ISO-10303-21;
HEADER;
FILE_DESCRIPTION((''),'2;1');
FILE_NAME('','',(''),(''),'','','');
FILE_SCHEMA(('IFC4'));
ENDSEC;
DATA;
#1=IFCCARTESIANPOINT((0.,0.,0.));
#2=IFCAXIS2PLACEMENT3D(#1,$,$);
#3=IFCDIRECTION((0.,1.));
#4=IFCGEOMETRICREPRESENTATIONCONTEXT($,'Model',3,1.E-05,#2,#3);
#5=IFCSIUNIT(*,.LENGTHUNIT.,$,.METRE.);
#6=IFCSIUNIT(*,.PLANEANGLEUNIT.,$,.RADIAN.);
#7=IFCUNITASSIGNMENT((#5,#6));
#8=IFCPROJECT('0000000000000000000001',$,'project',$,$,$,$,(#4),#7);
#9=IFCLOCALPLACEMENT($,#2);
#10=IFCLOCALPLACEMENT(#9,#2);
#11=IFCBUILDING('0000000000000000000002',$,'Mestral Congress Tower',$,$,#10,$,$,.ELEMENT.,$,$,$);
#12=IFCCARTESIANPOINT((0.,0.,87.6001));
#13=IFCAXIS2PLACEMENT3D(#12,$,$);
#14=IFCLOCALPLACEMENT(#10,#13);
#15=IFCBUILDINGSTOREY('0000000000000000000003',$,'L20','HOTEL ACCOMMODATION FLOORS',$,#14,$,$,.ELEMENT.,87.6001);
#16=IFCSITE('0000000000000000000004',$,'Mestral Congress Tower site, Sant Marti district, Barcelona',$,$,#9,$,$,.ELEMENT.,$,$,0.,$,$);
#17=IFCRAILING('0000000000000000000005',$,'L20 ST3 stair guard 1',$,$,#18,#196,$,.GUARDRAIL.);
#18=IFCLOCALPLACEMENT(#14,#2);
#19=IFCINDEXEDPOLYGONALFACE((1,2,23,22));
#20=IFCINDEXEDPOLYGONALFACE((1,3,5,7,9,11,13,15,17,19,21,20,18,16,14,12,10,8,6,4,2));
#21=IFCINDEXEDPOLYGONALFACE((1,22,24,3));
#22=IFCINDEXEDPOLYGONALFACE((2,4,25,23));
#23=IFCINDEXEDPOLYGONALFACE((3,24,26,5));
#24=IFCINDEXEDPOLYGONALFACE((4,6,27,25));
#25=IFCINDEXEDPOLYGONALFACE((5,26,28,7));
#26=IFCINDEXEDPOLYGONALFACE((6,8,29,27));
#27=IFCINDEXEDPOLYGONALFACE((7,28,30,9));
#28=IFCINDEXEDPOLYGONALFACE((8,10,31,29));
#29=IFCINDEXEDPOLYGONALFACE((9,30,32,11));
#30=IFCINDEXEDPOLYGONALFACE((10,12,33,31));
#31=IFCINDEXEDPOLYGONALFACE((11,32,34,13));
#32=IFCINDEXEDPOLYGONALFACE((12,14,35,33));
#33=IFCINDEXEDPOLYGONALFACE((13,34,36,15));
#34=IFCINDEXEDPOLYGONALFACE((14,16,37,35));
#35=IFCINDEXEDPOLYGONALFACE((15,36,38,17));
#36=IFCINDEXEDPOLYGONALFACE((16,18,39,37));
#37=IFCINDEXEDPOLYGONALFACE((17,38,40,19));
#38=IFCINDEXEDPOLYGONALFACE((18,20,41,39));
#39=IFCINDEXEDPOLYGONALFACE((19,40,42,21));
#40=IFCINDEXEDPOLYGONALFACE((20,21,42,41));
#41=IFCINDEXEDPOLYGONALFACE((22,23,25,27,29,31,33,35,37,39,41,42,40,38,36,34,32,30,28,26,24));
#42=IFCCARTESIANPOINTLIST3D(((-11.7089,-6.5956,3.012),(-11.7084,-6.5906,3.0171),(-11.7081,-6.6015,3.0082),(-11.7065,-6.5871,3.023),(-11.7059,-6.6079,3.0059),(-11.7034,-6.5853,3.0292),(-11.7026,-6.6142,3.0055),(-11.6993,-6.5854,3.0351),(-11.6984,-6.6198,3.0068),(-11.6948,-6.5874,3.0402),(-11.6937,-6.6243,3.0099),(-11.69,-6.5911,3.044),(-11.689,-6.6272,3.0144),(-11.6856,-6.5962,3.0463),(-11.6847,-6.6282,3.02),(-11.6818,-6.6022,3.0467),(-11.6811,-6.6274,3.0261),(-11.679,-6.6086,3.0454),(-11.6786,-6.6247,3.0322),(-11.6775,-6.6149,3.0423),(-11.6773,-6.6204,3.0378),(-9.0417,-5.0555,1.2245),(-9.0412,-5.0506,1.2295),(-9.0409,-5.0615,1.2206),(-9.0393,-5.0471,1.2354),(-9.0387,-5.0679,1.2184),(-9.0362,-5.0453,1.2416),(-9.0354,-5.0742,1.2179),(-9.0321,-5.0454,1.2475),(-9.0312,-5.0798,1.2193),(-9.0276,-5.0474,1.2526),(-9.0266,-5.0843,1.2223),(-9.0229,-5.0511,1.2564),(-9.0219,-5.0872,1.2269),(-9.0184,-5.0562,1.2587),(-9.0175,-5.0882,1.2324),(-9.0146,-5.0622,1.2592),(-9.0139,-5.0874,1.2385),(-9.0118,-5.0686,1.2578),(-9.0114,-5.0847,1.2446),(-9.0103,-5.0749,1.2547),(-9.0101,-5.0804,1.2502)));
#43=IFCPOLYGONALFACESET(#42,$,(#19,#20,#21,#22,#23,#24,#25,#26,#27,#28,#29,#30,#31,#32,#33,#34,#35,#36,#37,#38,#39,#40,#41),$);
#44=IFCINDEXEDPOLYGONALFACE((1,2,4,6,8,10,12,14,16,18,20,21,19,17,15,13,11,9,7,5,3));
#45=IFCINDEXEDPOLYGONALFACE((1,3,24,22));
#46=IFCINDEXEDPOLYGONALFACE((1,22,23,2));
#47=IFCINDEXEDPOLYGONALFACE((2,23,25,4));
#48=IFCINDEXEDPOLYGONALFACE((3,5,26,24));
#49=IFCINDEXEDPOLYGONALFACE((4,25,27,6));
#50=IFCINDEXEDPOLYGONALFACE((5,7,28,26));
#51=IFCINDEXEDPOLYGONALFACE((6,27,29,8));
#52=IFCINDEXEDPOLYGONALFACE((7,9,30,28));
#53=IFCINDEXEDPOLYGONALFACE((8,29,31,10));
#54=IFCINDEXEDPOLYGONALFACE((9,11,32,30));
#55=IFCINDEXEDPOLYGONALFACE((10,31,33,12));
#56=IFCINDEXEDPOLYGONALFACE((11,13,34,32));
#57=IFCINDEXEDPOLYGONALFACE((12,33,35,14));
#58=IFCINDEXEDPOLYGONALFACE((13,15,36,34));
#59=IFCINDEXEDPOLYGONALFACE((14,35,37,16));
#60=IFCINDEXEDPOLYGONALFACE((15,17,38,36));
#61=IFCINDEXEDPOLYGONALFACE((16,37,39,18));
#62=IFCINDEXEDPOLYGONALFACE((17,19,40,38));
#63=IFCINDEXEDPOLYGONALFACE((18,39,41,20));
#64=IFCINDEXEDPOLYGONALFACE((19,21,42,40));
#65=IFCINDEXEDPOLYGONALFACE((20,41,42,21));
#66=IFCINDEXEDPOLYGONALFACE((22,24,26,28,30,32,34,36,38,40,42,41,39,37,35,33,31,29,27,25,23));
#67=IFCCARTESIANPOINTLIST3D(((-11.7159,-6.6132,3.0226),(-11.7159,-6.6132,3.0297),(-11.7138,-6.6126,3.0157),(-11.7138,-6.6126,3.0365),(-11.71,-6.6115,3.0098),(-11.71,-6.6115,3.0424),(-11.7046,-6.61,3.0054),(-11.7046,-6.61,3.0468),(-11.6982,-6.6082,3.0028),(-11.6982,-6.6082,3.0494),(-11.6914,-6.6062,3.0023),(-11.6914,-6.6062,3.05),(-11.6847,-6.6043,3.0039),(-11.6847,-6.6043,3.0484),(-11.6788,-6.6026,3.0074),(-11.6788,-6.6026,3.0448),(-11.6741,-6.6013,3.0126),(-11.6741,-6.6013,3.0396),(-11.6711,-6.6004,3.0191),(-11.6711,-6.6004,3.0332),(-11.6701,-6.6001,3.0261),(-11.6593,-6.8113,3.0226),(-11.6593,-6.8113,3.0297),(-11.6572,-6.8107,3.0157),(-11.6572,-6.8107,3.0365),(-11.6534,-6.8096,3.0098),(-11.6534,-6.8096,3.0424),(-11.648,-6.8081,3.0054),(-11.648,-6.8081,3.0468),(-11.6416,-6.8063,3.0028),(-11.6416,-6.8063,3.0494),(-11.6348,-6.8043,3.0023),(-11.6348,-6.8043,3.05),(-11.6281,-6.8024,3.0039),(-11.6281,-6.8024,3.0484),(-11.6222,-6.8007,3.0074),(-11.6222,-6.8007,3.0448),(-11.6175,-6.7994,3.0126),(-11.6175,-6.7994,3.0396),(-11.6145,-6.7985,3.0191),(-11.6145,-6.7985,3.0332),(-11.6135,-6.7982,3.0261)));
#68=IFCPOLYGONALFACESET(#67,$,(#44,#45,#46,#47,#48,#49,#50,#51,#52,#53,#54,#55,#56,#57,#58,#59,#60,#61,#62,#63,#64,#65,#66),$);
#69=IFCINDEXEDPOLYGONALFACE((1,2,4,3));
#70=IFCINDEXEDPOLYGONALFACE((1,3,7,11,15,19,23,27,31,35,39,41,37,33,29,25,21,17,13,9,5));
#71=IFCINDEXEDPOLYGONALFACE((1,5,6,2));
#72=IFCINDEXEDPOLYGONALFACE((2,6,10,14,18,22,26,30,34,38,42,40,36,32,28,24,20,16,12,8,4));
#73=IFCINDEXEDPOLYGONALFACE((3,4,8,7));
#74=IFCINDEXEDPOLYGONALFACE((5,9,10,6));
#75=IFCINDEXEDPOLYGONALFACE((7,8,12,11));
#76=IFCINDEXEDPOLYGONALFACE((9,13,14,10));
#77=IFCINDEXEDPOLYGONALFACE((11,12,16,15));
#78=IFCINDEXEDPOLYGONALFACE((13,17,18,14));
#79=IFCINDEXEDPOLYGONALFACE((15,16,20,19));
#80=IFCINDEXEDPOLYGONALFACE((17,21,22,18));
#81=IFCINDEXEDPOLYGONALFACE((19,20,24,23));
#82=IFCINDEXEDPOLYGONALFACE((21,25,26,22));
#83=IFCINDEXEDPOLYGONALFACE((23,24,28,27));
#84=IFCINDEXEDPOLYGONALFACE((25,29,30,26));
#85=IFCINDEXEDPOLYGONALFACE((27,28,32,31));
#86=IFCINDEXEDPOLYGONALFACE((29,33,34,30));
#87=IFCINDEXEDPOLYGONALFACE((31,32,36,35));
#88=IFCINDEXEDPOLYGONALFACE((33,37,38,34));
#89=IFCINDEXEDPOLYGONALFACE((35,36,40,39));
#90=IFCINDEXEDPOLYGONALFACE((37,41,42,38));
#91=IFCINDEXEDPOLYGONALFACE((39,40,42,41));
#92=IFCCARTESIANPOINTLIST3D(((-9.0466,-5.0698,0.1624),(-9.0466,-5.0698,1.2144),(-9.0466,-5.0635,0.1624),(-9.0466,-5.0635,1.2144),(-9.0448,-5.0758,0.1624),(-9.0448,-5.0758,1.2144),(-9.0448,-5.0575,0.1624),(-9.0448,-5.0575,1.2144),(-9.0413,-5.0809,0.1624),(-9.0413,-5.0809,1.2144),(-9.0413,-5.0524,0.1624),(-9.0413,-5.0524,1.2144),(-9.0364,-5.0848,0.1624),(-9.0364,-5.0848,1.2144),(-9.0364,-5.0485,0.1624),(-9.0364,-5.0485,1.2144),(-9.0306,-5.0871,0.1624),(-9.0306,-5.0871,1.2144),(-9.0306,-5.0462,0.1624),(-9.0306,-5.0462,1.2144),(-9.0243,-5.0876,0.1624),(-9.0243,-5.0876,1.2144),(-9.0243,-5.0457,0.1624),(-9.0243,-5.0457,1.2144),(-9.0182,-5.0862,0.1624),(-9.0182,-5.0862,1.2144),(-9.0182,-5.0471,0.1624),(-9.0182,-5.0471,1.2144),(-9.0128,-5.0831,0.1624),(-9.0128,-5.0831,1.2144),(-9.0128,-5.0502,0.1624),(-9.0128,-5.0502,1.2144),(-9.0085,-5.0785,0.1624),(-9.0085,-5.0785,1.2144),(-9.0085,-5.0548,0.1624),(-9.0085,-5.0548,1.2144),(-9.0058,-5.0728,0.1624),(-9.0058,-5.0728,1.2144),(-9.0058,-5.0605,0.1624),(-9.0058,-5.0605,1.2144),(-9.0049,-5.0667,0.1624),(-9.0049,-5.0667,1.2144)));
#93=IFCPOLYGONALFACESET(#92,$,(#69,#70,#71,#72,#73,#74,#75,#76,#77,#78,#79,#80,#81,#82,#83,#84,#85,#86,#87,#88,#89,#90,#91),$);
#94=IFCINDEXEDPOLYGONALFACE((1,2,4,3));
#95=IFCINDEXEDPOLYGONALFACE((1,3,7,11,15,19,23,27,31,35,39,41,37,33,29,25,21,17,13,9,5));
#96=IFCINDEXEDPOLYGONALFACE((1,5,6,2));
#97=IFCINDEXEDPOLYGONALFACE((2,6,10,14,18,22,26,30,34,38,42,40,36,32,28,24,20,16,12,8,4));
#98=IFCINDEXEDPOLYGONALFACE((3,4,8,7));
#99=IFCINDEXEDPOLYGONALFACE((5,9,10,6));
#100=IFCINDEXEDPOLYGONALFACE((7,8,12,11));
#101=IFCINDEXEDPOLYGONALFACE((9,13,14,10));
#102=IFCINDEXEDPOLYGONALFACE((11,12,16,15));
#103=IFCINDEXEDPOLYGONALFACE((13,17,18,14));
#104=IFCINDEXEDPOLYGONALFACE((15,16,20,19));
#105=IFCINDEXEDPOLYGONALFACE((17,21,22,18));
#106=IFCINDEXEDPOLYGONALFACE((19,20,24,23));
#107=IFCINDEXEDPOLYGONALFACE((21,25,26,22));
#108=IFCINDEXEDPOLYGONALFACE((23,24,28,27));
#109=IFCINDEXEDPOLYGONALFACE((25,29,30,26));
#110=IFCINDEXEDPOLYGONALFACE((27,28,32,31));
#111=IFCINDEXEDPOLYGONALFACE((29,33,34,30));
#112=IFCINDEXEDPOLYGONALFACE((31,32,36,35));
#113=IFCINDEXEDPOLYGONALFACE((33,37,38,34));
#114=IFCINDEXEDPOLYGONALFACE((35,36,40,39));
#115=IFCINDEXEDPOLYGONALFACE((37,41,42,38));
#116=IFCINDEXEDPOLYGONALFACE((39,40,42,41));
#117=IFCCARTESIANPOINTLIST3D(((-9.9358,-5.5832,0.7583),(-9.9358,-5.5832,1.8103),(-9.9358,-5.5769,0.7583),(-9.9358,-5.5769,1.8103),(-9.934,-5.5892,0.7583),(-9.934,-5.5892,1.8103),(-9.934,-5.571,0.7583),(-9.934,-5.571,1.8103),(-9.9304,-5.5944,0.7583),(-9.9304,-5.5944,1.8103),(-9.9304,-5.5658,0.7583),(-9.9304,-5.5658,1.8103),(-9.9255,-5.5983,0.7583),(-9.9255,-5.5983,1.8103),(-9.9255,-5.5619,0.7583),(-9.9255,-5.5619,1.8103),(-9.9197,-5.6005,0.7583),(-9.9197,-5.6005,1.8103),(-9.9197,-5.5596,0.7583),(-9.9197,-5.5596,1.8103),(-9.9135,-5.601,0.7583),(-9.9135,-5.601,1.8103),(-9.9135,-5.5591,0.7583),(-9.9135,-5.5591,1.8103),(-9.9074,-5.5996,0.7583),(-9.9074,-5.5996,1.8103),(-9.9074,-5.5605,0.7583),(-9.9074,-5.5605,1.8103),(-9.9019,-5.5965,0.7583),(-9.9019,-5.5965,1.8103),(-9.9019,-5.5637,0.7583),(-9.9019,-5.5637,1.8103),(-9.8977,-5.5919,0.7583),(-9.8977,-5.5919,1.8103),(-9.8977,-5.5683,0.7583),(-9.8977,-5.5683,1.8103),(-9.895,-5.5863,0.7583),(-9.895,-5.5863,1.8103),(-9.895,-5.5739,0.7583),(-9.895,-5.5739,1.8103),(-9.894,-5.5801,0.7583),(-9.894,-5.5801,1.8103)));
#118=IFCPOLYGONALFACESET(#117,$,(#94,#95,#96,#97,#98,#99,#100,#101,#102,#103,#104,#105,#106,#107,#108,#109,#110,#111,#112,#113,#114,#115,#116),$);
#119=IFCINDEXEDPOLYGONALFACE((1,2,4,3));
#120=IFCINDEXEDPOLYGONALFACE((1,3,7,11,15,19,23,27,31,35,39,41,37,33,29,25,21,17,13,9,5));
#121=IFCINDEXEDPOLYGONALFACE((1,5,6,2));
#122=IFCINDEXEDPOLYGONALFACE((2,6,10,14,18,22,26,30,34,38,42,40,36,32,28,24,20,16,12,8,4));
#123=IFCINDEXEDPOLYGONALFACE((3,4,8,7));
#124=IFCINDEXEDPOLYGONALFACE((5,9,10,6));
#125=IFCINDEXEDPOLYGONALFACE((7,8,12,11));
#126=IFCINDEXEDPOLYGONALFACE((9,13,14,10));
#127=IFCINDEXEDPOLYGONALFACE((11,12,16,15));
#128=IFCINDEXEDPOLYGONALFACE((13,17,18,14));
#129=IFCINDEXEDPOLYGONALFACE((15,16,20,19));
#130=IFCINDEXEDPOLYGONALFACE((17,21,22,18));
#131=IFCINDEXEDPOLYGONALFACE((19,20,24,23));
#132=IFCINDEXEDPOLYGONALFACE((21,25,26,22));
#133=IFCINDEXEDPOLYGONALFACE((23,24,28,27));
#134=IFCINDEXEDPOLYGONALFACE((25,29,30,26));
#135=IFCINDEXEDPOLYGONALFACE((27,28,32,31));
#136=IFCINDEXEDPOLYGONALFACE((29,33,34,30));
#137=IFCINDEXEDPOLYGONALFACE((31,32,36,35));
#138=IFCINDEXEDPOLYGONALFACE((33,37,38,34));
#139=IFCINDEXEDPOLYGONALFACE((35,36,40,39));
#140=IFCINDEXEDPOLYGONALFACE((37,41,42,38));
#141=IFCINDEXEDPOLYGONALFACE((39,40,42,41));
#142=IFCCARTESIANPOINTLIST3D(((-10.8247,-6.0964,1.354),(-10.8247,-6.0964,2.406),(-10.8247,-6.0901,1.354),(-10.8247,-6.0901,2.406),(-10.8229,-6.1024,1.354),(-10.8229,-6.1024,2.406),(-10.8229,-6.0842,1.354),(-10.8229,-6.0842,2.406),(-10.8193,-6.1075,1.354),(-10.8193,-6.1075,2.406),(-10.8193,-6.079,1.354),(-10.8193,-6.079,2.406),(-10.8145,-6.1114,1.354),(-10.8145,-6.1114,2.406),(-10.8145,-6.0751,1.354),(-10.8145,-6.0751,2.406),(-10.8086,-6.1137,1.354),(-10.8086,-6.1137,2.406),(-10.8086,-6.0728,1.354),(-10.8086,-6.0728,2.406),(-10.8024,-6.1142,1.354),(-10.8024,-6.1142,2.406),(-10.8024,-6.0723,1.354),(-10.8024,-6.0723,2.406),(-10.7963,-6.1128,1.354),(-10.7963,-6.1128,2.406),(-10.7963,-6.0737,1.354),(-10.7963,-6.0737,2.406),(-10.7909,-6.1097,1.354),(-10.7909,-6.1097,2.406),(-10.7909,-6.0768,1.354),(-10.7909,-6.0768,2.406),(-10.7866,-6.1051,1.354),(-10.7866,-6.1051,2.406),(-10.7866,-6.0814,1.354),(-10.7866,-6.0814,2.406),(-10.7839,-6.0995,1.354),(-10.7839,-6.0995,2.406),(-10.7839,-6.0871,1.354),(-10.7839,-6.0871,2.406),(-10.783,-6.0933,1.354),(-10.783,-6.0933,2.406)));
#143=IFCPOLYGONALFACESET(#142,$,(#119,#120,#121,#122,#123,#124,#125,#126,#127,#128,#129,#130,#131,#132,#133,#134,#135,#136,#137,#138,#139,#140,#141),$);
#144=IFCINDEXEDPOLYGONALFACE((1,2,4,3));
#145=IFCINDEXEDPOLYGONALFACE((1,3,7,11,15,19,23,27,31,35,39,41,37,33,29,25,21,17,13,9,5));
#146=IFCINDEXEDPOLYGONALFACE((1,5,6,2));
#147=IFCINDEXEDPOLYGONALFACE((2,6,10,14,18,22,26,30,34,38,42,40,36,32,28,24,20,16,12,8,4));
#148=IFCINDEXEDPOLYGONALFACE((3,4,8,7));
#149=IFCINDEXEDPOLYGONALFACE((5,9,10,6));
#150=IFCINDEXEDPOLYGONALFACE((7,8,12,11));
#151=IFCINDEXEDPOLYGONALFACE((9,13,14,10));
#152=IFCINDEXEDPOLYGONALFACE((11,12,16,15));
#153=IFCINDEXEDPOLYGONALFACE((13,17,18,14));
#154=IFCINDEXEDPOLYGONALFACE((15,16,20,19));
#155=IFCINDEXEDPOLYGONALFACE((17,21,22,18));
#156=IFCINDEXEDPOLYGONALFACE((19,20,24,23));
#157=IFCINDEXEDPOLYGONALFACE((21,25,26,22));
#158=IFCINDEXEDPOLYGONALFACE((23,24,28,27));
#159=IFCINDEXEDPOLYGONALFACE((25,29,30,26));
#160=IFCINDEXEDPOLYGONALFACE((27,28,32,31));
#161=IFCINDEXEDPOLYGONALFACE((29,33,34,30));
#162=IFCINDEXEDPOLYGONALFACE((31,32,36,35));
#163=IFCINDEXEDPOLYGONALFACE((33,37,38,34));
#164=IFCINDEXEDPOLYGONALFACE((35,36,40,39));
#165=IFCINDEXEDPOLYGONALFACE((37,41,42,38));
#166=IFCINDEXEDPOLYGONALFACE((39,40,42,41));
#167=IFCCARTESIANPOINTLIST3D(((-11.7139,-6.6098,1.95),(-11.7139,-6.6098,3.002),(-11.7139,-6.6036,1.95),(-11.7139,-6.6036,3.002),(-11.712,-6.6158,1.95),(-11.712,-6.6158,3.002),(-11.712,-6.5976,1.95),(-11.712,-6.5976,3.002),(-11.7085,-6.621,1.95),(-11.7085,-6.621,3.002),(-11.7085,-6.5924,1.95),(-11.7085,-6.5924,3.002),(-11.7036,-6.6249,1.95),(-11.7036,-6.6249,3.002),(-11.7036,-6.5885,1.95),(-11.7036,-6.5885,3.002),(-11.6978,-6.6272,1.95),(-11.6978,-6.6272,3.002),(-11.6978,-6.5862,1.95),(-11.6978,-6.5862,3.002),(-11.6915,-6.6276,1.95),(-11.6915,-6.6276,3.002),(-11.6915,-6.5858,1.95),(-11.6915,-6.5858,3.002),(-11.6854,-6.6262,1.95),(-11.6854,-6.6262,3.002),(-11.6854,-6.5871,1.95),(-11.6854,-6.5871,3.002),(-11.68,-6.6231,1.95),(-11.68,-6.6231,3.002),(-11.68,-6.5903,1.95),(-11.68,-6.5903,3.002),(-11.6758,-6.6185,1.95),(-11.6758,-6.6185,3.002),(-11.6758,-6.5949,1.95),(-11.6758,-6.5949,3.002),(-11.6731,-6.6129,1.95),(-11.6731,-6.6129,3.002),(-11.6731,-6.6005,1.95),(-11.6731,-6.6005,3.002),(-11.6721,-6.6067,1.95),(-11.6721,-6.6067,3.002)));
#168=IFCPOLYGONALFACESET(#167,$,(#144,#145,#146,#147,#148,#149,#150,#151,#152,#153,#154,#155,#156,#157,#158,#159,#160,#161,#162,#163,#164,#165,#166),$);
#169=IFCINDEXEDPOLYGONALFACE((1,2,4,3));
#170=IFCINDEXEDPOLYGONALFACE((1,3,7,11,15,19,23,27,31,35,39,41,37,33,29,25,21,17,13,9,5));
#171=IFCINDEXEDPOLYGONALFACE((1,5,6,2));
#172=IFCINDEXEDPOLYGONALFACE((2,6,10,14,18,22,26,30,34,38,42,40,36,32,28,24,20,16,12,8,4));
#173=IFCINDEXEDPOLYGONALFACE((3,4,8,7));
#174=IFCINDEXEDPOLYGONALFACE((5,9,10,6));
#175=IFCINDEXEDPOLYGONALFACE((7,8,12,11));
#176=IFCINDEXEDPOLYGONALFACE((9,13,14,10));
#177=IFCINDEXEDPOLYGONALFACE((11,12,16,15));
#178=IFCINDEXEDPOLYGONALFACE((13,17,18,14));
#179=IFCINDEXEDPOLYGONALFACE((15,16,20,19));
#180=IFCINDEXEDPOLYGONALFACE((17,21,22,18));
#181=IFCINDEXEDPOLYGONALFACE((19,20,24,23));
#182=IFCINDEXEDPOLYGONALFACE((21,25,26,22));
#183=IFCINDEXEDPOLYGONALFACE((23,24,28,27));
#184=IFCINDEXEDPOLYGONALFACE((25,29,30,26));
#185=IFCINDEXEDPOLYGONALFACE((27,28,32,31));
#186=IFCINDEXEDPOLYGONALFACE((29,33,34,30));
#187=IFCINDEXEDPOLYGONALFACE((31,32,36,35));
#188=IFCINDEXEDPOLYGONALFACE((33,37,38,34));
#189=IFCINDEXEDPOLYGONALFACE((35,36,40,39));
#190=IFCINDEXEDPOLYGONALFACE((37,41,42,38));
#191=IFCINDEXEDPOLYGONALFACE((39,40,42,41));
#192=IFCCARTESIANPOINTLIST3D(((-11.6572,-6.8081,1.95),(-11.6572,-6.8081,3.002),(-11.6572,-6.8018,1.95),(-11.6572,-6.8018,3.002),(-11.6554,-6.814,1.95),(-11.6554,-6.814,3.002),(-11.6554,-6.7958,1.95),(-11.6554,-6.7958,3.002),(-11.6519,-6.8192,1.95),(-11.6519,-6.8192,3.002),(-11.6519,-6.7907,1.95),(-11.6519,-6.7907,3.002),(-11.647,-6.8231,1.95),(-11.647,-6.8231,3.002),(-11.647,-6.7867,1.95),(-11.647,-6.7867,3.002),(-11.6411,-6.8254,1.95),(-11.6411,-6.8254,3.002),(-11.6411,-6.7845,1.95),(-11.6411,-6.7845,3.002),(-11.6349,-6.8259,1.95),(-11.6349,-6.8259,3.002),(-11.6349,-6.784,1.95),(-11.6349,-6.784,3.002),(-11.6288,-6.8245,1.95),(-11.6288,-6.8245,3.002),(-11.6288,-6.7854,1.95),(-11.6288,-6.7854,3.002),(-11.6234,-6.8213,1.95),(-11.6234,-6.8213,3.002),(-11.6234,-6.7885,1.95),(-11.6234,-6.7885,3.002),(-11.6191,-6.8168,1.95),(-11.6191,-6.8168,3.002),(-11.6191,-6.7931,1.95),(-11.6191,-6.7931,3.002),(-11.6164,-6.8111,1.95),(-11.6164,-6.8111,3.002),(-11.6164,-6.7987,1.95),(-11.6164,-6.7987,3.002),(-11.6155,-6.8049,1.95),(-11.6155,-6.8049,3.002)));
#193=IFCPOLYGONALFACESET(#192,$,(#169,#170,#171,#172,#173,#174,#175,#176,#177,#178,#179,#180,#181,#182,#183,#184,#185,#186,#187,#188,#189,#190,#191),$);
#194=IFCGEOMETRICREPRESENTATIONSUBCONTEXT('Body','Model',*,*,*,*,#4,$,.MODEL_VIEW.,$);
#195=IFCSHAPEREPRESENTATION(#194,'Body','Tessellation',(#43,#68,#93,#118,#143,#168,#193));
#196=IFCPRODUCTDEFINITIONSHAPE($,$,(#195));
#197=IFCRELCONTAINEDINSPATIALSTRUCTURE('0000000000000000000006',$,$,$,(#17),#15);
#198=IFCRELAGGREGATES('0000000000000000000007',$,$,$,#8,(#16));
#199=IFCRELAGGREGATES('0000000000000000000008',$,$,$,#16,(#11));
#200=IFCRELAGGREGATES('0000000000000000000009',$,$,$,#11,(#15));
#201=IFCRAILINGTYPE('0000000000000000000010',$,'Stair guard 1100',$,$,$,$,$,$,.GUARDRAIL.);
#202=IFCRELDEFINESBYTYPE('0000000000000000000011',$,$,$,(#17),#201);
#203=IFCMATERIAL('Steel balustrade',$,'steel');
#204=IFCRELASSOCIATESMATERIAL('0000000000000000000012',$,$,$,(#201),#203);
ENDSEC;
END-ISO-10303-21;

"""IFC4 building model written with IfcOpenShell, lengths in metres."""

from ifc_helpers import new_model, si_unit, direction, frame, origin, origin_2d, place, context, subcontext, project, spatial, circle, extrude, material, type_object, element, save


model = new_model("IFC4")

# Units and contexts
model_context = context("Model", 3, precision=1e-05, world=origin(), true_north=direction((0.0, 1.0)))
body_context = subcontext(model_context, "Body", "Model", "MODEL_VIEW")
ifc_project = project(units=[si_unit("LENGTHUNIT", "METRE"), si_unit("PLANEANGLEUNIT", "RADIAN")], contexts=[model_context])

# Site, building, storey
site_placement = place(None, origin())
site = spatial("IfcSite", under=ifc_project, at=site_placement, Name="Mestral Congress Tower site, Sant Marti district, Barcelona", CompositionType="ELEMENT", RefElevation=0.0)
building_placement = place(site_placement, origin())
building = spatial("IfcBuilding", under=site, at=building_placement, Name="Mestral Congress Tower", CompositionType="ELEMENT")
storey_placement = place(building_placement, frame((0.0, 0.0, 87.6001)))
storey = spatial("IfcBuildingStorey", under=building, at=storey_placement, Name="L20", Description="HOTEL ACCOMMODATION FLOORS", CompositionType="ELEMENT", Elevation=87.6001)

# Railing
ifc_material_1 = material(Name="Steel balustrade", Category="steel")
railing_type_1 = type_object("IfcRailingType", Name="Stair guard 1100", PredefinedType="GUARDRAIL", material=ifc_material_1)
railing_1_placement = place(storey_placement, frame((-9.0259, -5.0667, 0.1624)))
element("IfcRailing", 1, at=railing_1_placement, inside=storey, type_object=railing_type_1, Name="L20 ST3 stair guard 1", PredefinedType="GUARDRAIL", context=body_context, shape_type="SweptSolid", body=[
    extrude(circle(Radius=0.0239, at=origin_2d()), frame((0.0, 0.0, 1.0762), z_axis=(-0.748994, -0.432463, 0.50198), x_axis=(0.500027, -0.86601, 0.0)), (0.0, 0.0, 1.0), 3.561),
    extrude(circle(Radius=0.0239, at=origin_2d()), frame((-2.6672, -1.54, 2.8638), z_axis=(0.274721, -0.961524, 0.0), x_axis=(0.961524, 0.274721, 0.0)), (0.0, 0.0, 1.0), 0.2061),
    extrude(circle(Radius=0.021, at=origin_2d()), origin(), (0.0, 0.0, 1.0), 1.052),
    extrude(circle(Radius=0.021, at=origin_2d()), frame((-0.8892, -0.5134, 0.5959)), (0.0, 0.0, 1.0), 1.052),
    extrude(circle(Radius=0.021, at=origin_2d()), frame((-1.7781, -1.0266, 1.1917)), (0.0, 0.0, 1.0), 1.052),
    extrude(circle(Radius=0.021, at=origin_2d()), frame((-2.6672, -1.54, 1.7876)), (0.0, 0.0, 1.0), 1.052),
    extrude(circle(Radius=0.021, at=origin_2d()), frame((-2.6106, -1.7383, 1.7876)), (0.0, 0.0, 1.0), 1.052),
])

save(model, "model.ifc")
